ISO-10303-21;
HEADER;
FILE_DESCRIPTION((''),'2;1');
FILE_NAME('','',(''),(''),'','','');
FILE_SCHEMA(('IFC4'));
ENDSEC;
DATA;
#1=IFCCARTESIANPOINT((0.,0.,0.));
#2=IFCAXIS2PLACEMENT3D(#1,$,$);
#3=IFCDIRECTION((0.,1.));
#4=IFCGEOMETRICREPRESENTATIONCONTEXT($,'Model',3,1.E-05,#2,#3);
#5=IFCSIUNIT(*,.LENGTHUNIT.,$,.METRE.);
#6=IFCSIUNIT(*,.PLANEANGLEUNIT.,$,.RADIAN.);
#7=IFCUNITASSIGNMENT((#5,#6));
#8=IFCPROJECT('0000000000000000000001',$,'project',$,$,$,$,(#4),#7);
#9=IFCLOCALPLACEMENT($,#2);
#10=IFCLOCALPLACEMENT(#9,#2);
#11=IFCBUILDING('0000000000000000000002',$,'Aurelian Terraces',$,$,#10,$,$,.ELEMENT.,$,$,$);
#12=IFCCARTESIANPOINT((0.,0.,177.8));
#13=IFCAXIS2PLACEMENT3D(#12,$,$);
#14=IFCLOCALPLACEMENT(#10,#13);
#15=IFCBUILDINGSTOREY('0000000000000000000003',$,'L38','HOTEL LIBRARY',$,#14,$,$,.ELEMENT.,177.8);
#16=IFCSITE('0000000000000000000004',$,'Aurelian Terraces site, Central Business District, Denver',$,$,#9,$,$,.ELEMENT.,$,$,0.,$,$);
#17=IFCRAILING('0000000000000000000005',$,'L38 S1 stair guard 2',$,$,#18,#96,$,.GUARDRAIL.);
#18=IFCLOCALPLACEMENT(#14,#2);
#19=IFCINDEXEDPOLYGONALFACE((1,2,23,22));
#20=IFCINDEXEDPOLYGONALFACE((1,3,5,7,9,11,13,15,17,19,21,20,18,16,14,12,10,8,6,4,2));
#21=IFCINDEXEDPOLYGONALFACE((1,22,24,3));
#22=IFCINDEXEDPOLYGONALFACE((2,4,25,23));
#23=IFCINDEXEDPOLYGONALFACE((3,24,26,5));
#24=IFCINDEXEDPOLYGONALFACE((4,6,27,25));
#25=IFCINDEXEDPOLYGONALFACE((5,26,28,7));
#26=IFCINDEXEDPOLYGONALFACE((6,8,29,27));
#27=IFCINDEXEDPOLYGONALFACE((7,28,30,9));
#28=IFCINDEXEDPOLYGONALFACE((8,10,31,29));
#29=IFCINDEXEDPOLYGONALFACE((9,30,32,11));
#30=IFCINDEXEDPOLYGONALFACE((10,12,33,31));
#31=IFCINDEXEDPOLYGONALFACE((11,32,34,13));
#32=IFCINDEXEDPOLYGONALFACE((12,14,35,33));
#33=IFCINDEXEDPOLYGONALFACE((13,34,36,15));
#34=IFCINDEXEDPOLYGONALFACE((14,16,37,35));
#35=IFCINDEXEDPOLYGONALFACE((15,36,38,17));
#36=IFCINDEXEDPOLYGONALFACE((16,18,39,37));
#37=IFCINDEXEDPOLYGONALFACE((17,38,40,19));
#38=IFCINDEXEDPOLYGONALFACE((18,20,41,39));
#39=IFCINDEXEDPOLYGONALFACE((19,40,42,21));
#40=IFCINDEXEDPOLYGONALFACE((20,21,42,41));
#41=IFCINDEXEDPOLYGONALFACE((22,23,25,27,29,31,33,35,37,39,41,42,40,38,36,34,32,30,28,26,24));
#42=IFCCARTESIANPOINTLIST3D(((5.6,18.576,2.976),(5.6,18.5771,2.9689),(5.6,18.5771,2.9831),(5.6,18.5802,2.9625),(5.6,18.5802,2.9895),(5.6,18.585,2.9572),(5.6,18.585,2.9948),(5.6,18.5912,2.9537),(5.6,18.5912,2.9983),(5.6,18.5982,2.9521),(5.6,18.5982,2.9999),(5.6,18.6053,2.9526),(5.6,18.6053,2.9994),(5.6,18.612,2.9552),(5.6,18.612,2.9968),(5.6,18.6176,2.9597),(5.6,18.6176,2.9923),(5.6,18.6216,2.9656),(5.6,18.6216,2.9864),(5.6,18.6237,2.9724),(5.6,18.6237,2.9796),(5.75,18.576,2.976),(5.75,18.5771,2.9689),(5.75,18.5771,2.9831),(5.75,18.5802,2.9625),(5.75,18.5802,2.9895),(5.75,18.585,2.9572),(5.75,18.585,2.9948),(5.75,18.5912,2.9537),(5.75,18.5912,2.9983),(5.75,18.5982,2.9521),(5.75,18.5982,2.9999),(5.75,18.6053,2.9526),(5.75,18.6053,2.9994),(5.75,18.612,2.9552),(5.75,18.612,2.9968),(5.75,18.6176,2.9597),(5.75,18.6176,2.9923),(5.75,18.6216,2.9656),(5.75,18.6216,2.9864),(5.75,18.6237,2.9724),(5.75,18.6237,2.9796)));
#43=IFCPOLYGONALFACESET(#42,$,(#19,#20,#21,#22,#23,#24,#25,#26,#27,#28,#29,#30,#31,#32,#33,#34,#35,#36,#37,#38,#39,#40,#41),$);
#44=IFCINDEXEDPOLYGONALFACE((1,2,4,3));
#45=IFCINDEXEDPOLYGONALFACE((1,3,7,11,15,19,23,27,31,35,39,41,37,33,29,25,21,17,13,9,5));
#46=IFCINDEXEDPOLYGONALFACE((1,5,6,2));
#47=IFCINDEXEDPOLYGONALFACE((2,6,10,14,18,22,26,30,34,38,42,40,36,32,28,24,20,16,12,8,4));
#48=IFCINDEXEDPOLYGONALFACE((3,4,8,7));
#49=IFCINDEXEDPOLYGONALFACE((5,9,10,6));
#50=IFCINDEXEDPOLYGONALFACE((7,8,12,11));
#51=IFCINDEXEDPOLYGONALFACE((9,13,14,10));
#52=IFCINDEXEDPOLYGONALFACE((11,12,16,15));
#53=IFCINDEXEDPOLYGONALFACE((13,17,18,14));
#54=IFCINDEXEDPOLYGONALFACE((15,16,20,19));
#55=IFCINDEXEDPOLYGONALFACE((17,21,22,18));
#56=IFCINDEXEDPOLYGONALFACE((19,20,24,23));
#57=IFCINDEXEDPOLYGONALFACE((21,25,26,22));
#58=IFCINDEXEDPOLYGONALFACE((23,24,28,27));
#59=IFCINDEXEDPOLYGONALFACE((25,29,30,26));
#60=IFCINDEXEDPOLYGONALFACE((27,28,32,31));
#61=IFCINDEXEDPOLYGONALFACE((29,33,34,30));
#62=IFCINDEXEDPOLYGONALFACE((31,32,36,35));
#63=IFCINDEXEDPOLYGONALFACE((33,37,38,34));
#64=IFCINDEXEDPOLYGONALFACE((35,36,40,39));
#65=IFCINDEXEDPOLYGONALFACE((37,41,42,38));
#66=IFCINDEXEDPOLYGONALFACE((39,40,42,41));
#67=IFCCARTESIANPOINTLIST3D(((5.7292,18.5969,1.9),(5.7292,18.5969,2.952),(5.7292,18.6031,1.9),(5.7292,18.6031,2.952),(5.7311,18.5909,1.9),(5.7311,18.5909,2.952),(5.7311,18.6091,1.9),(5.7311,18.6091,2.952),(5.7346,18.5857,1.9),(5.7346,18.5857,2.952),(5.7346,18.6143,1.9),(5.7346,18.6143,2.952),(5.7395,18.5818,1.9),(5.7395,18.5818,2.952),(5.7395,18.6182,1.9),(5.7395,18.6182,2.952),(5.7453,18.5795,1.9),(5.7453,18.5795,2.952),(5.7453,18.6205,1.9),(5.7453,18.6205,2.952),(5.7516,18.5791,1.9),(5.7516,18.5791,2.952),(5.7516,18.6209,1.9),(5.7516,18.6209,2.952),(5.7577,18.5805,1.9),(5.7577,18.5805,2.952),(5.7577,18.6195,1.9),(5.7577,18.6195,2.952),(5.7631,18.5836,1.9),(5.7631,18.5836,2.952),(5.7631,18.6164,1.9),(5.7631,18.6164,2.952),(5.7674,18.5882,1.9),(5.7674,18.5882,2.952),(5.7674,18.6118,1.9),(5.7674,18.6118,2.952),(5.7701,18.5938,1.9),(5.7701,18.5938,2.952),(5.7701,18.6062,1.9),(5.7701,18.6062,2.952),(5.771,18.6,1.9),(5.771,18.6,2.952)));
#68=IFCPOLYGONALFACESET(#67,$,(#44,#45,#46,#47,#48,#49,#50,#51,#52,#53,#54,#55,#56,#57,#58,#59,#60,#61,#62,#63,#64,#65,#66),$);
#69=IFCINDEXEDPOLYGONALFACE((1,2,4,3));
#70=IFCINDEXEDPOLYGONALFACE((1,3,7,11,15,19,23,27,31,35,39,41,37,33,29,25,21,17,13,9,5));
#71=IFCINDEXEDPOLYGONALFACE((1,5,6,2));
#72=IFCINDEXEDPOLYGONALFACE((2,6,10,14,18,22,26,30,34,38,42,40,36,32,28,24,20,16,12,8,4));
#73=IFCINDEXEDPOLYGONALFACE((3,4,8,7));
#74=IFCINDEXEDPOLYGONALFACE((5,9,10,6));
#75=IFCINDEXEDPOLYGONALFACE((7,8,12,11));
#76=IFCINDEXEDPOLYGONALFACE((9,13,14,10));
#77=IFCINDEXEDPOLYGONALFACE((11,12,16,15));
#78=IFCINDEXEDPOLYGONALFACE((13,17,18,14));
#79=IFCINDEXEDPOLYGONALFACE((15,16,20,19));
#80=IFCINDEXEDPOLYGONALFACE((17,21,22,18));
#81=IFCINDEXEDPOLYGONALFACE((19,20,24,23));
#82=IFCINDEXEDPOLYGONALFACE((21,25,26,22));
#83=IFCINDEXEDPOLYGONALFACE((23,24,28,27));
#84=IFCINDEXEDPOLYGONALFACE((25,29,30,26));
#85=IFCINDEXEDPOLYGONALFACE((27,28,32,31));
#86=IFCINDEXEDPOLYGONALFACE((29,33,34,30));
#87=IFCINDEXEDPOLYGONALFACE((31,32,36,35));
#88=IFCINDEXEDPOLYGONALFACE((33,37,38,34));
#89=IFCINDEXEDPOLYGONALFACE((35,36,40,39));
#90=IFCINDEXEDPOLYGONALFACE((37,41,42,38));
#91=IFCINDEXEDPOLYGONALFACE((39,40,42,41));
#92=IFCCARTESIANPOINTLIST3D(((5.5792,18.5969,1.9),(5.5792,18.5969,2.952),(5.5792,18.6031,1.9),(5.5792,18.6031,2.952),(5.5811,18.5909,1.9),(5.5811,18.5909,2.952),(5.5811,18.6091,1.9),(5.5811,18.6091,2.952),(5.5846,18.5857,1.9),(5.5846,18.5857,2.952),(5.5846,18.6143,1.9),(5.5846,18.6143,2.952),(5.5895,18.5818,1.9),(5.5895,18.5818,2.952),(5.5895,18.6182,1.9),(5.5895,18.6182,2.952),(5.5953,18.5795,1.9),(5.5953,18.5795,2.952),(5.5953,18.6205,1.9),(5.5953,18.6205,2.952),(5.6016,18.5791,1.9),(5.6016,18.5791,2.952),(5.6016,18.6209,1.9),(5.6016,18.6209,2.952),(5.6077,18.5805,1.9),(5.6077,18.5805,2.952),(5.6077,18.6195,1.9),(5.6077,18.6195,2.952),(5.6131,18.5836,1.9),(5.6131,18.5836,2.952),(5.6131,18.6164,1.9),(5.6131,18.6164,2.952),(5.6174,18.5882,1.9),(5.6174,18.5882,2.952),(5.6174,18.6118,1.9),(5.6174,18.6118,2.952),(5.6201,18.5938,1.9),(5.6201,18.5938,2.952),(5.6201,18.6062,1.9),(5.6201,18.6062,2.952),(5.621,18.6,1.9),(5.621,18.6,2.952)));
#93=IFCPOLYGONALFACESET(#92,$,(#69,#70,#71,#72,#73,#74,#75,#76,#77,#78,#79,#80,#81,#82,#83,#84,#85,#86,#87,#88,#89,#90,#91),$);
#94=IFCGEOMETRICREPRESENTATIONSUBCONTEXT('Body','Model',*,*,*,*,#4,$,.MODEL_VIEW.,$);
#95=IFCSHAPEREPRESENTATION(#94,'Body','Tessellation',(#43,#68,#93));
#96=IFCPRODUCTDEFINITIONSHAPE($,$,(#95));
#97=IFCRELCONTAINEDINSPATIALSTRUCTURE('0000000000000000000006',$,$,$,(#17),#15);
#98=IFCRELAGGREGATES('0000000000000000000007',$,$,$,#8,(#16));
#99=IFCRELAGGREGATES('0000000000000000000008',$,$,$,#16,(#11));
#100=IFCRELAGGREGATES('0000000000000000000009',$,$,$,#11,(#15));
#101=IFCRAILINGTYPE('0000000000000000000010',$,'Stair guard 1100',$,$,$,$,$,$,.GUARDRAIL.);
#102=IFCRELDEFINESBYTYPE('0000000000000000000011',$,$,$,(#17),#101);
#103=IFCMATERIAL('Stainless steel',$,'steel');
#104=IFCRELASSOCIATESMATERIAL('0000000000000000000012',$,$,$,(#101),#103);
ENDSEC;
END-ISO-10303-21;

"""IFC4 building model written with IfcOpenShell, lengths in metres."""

from ifc_helpers import new_model, si_unit, direction, frame, origin, origin_2d, place, context, subcontext, project, spatial, circle, extrude, source, transform, mapped, material, type_object, element, save


model = new_model("IFC4")

# Units and contexts
model_context = context("Model", 3, precision=1e-05, world=origin(), true_north=direction((0.0, 1.0)))
body_context = subcontext(model_context, "Body", "Model", "MODEL_VIEW")
ifc_project = project(units=[si_unit("LENGTHUNIT", "METRE"), si_unit("PLANEANGLEUNIT", "RADIAN")], contexts=[model_context])

# Site, building, storey
site_placement = place(None, origin())
site = spatial("IfcSite", under=ifc_project, at=site_placement, Name="Aurelian Terraces site, Central Business District, Denver", CompositionType="ELEMENT", RefElevation=0.0)
building_placement = place(site_placement, origin())
building = spatial("IfcBuilding", under=site, at=building_placement, Name="Aurelian Terraces", CompositionType="ELEMENT")
storey_placement = place(building_placement, frame((0.0, 0.0, 177.8)))
storey = spatial("IfcBuildingStorey", under=building, at=storey_placement, Name="L38", Description="HOTEL LIBRARY", CompositionType="ELEMENT", Elevation=177.8)

# Shared definitions
ifc_material_1 = material(Name="Stainless steel", Category="steel")
railing_type_1 = type_object("IfcRailingType", Name="Stair guard 1100", PredefinedType="GUARDRAIL", material=ifc_material_1)

# Railing
shared_shape_1 = source(origin(), body_context, "Body", "SweptSolid", [
    extrude(circle(Radius=0.024, at=origin_2d()), frame((0.0, 0.0, 1.076), z_axis=(-1.0, 0.0, 0.0), x_axis=(0.0, -1.0, 0.0)), (0.0, 0.0, 1.0), 0.15),
    extrude(circle(Radius=0.021, at=origin_2d()), origin(), (0.0, 0.0, 1.0), 1.052),
    extrude(circle(Radius=0.021, at=origin_2d()), frame((-0.15, 0.0, 0.0)), (0.0, 0.0, 1.0), 1.052),
])
railing_1_placement = place(storey_placement, frame((5.75, 18.6, 1.9)))
element("IfcRailing", 1, at=railing_1_placement, inside=storey, type_object=railing_type_1, Name="L38 S1 stair guard 2", PredefinedType="GUARDRAIL", context=body_context, shape_type="MappedRepresentation", body=[
    mapped(shared_shape_1, transform((0.0, 0.0, 0.0), scale=1.0)),
])

save(model, "model.ifc")
